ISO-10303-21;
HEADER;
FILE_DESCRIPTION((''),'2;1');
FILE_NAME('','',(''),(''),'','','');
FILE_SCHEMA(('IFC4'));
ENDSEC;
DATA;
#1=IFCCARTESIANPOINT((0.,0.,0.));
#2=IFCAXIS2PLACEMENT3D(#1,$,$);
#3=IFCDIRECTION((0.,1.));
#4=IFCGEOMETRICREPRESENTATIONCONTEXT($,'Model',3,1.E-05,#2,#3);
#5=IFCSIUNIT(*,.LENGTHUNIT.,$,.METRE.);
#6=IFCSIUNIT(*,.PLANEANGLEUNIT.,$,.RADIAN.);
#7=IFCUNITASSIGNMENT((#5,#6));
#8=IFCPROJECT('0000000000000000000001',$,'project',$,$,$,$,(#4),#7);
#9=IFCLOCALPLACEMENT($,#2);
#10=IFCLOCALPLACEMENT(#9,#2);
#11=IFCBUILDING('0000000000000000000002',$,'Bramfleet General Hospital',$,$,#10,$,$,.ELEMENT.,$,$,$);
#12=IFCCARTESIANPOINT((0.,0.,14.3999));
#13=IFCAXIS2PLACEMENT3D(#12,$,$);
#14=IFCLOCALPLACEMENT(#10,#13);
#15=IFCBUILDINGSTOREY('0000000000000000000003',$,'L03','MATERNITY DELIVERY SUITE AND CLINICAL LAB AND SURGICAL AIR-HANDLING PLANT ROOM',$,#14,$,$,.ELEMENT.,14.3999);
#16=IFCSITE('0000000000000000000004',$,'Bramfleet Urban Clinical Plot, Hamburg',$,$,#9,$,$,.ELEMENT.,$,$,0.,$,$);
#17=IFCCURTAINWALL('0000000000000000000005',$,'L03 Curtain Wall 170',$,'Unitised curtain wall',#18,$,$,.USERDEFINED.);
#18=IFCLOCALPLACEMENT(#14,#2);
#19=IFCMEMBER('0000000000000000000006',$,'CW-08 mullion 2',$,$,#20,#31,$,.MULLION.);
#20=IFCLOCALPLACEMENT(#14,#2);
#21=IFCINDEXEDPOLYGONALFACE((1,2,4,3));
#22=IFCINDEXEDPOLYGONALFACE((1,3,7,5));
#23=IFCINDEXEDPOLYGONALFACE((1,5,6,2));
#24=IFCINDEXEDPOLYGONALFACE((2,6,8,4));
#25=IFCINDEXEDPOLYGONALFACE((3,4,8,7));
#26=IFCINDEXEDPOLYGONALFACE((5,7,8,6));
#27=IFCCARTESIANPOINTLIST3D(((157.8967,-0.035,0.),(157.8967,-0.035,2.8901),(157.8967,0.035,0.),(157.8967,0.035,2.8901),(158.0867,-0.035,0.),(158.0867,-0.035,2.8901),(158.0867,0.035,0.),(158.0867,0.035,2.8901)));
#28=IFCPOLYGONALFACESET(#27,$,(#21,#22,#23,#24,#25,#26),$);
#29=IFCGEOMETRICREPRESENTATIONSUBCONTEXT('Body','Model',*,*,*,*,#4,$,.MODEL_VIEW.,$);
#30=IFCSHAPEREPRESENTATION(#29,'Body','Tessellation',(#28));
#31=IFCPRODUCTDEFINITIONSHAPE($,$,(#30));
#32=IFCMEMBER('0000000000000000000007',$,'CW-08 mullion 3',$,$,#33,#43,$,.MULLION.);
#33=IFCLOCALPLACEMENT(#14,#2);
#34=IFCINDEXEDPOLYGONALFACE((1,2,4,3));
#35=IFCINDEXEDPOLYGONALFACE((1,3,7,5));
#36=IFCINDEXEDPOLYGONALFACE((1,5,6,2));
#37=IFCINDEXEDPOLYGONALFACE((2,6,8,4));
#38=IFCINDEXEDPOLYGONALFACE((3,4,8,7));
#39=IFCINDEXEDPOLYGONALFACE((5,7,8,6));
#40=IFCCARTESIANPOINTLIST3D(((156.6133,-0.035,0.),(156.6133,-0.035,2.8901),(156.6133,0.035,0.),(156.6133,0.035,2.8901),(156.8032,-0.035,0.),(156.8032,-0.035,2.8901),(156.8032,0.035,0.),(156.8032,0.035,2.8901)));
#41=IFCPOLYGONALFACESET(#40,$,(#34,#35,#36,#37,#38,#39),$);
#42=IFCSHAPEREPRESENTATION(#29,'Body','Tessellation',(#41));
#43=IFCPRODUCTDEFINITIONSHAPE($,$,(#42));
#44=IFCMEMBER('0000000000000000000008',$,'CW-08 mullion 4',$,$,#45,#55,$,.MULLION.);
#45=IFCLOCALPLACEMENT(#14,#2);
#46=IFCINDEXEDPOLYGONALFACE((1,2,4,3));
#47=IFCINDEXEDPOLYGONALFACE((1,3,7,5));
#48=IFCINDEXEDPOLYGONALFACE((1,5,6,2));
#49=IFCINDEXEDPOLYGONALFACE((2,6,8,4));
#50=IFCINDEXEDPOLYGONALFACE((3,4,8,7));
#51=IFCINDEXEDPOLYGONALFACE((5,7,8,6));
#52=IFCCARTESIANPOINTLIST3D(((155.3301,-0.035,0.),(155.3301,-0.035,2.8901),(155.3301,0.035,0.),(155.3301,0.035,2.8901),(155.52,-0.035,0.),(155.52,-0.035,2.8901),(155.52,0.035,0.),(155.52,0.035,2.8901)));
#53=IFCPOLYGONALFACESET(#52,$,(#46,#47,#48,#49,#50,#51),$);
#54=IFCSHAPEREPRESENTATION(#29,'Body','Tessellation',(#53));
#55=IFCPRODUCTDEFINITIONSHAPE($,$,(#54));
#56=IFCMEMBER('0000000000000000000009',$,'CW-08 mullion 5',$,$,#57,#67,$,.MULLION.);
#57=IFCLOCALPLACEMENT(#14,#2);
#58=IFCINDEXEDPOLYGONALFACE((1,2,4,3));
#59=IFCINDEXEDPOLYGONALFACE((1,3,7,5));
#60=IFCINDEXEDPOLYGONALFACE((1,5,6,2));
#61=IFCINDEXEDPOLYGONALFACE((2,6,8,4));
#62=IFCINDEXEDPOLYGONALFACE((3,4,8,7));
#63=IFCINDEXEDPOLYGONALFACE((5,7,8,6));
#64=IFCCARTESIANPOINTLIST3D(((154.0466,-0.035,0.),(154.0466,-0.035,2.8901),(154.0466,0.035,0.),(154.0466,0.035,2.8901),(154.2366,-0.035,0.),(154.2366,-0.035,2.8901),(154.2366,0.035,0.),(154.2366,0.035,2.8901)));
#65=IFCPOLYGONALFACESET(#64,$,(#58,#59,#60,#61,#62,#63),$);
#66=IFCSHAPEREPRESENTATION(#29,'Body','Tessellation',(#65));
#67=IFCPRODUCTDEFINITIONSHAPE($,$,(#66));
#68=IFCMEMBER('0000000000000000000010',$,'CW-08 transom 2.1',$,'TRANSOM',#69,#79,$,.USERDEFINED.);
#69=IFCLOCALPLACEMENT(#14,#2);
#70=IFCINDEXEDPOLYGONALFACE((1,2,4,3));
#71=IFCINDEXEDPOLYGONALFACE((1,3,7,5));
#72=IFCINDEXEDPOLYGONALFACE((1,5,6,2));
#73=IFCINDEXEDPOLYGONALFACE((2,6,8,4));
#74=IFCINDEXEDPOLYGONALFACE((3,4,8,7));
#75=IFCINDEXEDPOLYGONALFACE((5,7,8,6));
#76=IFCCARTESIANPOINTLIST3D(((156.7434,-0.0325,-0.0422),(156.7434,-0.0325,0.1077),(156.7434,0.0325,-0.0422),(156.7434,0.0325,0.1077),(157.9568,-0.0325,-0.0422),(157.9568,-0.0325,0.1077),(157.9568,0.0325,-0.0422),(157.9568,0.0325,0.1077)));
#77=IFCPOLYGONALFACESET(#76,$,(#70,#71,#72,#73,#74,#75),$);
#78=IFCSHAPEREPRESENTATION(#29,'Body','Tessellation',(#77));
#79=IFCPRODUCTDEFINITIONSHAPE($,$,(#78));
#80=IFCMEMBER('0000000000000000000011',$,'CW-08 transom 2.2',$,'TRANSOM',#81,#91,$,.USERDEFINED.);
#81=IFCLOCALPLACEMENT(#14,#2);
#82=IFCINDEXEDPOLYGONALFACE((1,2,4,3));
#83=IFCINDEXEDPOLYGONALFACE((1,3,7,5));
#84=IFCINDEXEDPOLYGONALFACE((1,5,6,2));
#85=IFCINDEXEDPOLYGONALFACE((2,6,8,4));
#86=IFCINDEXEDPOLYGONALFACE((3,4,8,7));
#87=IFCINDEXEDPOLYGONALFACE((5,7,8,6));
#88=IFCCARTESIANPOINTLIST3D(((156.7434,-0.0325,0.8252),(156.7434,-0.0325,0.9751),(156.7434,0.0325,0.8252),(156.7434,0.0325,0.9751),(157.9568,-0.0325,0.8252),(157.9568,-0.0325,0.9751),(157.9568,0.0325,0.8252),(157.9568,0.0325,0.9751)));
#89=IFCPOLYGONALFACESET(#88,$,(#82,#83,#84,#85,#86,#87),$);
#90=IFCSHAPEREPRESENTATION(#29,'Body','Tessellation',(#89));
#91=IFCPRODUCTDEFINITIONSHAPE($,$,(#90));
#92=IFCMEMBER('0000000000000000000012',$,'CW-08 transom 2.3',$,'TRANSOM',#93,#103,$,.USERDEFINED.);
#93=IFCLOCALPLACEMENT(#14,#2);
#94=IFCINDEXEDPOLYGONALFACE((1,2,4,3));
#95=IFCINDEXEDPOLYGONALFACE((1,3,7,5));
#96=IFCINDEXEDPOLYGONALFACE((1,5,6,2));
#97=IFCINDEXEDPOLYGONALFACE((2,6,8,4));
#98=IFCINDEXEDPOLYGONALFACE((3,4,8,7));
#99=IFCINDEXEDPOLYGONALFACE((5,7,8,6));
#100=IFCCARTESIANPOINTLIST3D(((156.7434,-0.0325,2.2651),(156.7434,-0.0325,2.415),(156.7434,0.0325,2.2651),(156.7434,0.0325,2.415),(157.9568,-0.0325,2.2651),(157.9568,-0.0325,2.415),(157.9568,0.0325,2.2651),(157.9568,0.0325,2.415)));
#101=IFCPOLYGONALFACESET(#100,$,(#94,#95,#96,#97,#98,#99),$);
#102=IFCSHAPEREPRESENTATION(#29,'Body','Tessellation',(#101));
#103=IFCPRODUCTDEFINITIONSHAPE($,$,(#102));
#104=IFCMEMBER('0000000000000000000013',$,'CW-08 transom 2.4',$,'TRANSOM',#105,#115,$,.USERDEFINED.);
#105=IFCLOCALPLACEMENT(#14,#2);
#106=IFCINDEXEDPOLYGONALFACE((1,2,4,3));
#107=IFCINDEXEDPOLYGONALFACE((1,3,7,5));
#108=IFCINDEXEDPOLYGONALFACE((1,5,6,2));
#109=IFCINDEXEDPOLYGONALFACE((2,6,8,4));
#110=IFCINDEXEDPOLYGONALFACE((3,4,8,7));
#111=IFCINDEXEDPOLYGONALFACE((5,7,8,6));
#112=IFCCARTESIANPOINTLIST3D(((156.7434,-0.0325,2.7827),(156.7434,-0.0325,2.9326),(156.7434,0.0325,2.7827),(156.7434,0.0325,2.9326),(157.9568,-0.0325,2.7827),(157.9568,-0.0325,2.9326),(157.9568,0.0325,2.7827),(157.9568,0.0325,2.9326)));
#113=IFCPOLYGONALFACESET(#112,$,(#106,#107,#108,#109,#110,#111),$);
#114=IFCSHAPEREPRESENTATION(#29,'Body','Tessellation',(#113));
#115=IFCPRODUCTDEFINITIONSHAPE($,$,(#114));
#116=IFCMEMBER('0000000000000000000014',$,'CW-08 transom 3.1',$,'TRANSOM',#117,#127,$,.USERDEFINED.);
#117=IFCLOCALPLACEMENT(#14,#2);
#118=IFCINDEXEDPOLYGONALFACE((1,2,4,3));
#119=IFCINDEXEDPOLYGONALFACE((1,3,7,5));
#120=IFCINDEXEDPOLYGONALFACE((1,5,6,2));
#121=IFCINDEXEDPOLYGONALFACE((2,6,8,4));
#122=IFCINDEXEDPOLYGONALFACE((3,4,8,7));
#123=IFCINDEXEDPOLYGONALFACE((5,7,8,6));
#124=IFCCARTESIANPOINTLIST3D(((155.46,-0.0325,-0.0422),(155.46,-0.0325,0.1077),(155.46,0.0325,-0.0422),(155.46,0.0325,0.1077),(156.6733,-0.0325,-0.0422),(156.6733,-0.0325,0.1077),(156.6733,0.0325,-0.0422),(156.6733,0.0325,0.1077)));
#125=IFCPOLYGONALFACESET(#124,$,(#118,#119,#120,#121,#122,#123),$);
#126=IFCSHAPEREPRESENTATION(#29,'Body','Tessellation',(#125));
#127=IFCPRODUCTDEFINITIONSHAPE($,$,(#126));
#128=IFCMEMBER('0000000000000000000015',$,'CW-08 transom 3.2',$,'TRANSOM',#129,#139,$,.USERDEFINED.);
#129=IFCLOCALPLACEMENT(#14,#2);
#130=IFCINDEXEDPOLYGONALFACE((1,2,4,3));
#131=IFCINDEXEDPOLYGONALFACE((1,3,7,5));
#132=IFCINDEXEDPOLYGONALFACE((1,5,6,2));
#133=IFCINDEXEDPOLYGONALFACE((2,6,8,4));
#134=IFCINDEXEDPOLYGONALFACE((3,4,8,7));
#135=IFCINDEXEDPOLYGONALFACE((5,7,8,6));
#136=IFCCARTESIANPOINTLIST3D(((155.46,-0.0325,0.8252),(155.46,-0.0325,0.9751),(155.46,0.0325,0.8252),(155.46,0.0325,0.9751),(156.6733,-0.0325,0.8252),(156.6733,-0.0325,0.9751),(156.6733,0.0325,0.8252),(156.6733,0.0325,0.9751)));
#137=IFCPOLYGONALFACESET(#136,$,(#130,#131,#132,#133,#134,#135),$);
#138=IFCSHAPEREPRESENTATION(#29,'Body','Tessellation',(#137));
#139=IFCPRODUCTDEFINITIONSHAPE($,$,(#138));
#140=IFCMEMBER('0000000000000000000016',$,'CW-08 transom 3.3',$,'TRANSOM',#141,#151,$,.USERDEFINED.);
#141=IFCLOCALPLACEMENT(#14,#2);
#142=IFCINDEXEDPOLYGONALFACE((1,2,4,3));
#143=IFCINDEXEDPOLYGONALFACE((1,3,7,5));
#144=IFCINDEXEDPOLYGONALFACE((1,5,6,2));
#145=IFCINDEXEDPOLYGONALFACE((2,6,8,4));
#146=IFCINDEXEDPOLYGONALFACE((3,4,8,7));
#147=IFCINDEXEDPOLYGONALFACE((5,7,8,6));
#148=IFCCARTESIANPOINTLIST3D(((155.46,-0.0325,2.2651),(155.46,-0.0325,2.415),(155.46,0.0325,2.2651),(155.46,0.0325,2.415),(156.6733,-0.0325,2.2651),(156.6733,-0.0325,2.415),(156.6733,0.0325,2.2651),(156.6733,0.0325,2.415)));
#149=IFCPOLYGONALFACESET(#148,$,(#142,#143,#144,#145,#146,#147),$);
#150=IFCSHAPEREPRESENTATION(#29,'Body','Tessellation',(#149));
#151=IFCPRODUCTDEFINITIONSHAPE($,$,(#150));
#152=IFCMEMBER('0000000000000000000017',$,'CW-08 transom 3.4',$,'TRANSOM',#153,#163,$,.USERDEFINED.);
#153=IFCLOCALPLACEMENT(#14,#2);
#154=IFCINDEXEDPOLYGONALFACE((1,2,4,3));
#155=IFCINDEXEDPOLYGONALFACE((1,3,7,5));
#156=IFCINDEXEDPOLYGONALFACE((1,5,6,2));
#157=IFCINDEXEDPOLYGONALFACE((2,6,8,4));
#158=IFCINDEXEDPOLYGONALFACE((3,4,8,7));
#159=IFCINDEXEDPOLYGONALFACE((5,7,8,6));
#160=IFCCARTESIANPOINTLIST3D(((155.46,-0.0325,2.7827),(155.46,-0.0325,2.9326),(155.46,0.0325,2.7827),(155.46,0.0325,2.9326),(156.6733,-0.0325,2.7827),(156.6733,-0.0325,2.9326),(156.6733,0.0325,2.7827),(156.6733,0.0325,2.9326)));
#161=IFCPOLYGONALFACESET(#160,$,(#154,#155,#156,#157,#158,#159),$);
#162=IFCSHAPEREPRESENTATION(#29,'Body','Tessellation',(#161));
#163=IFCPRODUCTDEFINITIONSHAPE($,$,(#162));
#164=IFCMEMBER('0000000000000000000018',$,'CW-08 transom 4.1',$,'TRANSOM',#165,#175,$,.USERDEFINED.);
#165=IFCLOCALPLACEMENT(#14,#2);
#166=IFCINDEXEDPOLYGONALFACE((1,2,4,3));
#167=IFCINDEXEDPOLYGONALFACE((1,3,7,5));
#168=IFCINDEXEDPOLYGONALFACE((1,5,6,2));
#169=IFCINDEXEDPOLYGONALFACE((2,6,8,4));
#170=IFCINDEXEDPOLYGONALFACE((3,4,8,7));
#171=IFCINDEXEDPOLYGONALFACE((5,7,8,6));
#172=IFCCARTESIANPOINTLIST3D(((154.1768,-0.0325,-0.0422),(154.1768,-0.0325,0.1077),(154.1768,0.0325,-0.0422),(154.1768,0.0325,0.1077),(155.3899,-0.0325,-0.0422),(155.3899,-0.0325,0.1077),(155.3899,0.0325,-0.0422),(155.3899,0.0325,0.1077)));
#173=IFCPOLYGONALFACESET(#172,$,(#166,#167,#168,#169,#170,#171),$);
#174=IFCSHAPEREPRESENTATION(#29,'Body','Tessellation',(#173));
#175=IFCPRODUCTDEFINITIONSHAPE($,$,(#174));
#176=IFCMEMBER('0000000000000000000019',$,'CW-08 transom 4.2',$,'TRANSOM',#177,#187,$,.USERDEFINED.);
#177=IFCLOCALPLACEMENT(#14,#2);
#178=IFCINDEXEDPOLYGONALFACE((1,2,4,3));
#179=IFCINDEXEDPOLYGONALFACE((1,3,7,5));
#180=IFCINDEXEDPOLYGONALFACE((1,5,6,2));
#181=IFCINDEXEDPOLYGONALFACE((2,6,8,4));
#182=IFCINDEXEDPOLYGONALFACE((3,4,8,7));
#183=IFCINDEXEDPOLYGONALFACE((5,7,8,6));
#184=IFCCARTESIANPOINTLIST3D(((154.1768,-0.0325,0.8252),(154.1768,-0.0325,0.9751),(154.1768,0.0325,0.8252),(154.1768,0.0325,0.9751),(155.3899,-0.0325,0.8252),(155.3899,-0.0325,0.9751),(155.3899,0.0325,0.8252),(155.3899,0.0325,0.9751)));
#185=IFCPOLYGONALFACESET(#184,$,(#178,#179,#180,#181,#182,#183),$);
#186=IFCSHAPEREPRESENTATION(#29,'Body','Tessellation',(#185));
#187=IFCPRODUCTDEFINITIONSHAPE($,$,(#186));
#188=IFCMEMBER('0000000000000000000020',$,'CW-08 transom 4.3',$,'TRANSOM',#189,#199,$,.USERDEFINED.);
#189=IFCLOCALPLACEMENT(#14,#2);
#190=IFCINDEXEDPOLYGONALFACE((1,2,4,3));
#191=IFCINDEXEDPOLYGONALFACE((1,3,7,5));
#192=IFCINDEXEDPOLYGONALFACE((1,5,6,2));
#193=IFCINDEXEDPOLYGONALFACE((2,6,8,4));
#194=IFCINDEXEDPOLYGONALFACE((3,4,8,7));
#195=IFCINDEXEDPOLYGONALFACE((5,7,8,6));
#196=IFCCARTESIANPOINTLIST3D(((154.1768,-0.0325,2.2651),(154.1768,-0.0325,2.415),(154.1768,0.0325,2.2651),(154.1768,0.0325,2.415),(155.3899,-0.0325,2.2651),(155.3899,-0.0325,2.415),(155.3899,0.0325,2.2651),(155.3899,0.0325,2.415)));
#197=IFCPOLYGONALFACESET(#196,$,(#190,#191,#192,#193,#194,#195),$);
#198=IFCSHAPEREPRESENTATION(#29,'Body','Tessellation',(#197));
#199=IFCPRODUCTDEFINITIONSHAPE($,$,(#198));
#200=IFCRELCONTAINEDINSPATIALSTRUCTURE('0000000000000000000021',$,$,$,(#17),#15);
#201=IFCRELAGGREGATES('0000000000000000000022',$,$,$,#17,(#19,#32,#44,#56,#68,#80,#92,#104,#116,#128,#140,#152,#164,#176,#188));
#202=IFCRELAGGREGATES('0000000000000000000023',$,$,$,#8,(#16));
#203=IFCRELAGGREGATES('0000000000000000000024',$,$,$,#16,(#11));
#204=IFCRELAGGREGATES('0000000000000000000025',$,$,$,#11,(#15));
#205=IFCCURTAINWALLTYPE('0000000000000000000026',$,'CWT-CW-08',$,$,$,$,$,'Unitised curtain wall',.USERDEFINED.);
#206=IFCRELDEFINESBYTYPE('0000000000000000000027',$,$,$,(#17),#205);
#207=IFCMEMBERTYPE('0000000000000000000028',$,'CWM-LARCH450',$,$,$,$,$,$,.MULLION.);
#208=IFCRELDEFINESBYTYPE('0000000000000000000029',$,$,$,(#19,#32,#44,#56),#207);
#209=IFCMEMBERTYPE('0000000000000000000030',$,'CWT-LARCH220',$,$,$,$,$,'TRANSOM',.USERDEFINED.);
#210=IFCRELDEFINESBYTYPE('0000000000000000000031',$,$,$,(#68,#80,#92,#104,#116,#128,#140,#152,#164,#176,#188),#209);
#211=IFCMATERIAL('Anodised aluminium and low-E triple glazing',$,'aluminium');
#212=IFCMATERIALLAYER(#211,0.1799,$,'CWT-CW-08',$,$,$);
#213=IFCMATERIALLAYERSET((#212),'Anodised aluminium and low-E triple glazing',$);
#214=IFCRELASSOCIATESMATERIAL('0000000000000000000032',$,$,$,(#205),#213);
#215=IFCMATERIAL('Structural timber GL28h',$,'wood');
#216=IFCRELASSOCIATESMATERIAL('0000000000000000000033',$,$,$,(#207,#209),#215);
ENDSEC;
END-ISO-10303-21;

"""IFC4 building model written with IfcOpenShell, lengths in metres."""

from ifc_helpers import new_model, si_unit, direction, frame, origin, origin_2d, place, context, subcontext, project, spatial, rectangle, extrude, material, layer, layer_set, material_profile, profile_set, type_object, element, aggregate, save


model = new_model("IFC4")

# Units and contexts
model_context = context("Model", 3, precision=1e-05, world=origin(), true_north=direction((0.0, 1.0)))
body_context = subcontext(model_context, "Body", "Model", "MODEL_VIEW")
ifc_project = project(units=[si_unit("LENGTHUNIT", "METRE"), si_unit("PLANEANGLEUNIT", "RADIAN")], contexts=[model_context])

# Site, building, storey
site_placement = place(None, origin())
site = spatial("IfcSite", under=ifc_project, at=site_placement, Name="Bramfleet Urban Clinical Plot, Hamburg", CompositionType="ELEMENT", RefElevation=0.0)
building_placement = place(site_placement, origin())
building = spatial("IfcBuilding", under=site, at=building_placement, Name="Bramfleet General Hospital", CompositionType="ELEMENT")
storey_placement = place(building_placement, frame((0.0, 0.0, 14.3999)))
storey = spatial("IfcBuildingStorey", under=building, at=storey_placement, Name="L03", Description="MATERNITY DELIVERY SUITE AND CLINICAL LAB AND SURGICAL AIR-HANDLING PLANT ROOM", CompositionType="ELEMENT", Elevation=14.3999)

# Curtain wall, members
ifc_material_1 = material(Name="Anodised aluminium and low-E triple glazing", Category="aluminium")
ifc_layer_1 = layer(ifc_material_1, 0.1799, Name="CWT-CW-08")
ifc_layer_set_1 = layer_set([ifc_layer_1], Name="Anodised aluminium and low-E triple glazing")
curtain_wall_type = type_object("IfcCurtainWallType", Name="CWT-CW-08", ElementType="Unitised curtain wall", PredefinedType="USERDEFINED", material=ifc_layer_set_1)
curtain_wall_placement = place(storey_placement, origin())
curtain_wall = element("IfcCurtainWall", 1, at=curtain_wall_placement, inside=storey, type_object=curtain_wall_type, Name="L03 Curtain Wall 170", ObjectType="Unitised curtain wall", PredefinedType="USERDEFINED")
ifc_material_2 = material(Name="Structural timber GL28h", Category="wood")
ifc_material_profile_1 = material_profile(ifc_material_2, rectangle(XDim=0.0701, YDim=0.1899, at=origin_2d()), Name="LARCH 190x70")
ifc_profile_set_1 = profile_set([ifc_material_profile_1], Name="Structural timber GL28h")
member_type_1 = type_object("IfcMemberType", Name="CWM-LARCH450", PredefinedType="MULLION", material=ifc_profile_set_1)
member_1_placement = place(storey_placement, frame((157.9917, 0.0, 0.0), z_axis=(0.0, 0.0, 1.0), x_axis=(0.0, -1.0, 0.0)))
member_1 = element("IfcMember", 2, at=member_1_placement, type_object=member_type_1, Name="CW-08 mullion 2", PredefinedType="MULLION", context=body_context, shape_type="SweptSolid", body=[
    extrude(rectangle(XDim=0.0701, YDim=0.1899, at=origin_2d()), origin(), (0.0, 0.0, 1.0), 2.8901),
])
member_2_placement = place(storey_placement, frame((156.7083, 0.0, 0.0), z_axis=(0.0, 0.0, 1.0), x_axis=(0.0, -1.0, 0.0)))
member_2 = element("IfcMember", 3, at=member_2_placement, type_object=member_type_1, Name="CW-08 mullion 3", PredefinedType="MULLION", context=body_context, shape_type="SweptSolid", body=[
    extrude(rectangle(XDim=0.0701, YDim=0.1899, at=origin_2d()), origin(), (0.0, 0.0, 1.0), 2.8901),
])
member_3_placement = place(storey_placement, frame((155.425, 0.0, 0.0), z_axis=(0.0, 0.0, 1.0), x_axis=(0.0, -1.0, 0.0)))
member_3 = element("IfcMember", 4, at=member_3_placement, type_object=member_type_1, Name="CW-08 mullion 4", PredefinedType="MULLION", context=body_context, shape_type="SweptSolid", body=[
    extrude(rectangle(XDim=0.0701, YDim=0.1899, at=origin_2d()), origin(), (0.0, 0.0, 1.0), 2.8901),
])
member_4_placement = place(storey_placement, frame((154.1416, 0.0, 0.0), z_axis=(0.0, 0.0, 1.0), x_axis=(0.0, -1.0, 0.0)))
member_4 = element("IfcMember", 5, at=member_4_placement, type_object=member_type_1, Name="CW-08 mullion 5", PredefinedType="MULLION", context=body_context, shape_type="SweptSolid", body=[
    extrude(rectangle(XDim=0.0701, YDim=0.1899, at=origin_2d()), origin(), (0.0, 0.0, 1.0), 2.8901),
])
ifc_material_profile_2 = material_profile(ifc_material_2, rectangle(XDim=0.0649, YDim=0.1499, at=origin_2d()), Name="LARCH 150x65")
ifc_profile_set_2 = profile_set([ifc_material_profile_2], Name="Structural timber GL28h")
member_type_2 = type_object("IfcMemberType", Name="CWT-LARCH220", ElementType="TRANSOM", PredefinedType="USERDEFINED", material=ifc_profile_set_2)
member_5_placement = place(storey_placement, frame((157.9568, 0.0, 0.0327), z_axis=(-1.0, 0.0, 0.0), x_axis=(0.0, -1.0, 0.0)))
member_5 = element("IfcMember", 6, at=member_5_placement, type_object=member_type_2, Name="CW-08 transom 2.1", ObjectType="TRANSOM", PredefinedType="USERDEFINED", context=body_context, shape_type="SweptSolid", body=[
    extrude(rectangle(XDim=0.0649, YDim=0.1499, at=origin_2d()), origin(), (0.0, 0.0, 1.0), 1.2134),
])
member_6_placement = place(storey_placement, frame((157.9568, 0.0, 0.9001), z_axis=(-1.0, 0.0, 0.0), x_axis=(0.0, -1.0, 0.0)))
member_6 = element("IfcMember", 7, at=member_6_placement, type_object=member_type_2, Name="CW-08 transom 2.2", ObjectType="TRANSOM", PredefinedType="USERDEFINED", context=body_context, shape_type="SweptSolid", body=[
    extrude(rectangle(XDim=0.0649, YDim=0.1499, at=origin_2d()), origin(), (0.0, 0.0, 1.0), 1.2134),
])
member_7_placement = place(storey_placement, frame((157.9568, 0.0, 2.3401), z_axis=(-1.0, 0.0, 0.0), x_axis=(0.0, -1.0, 0.0)))
member_7 = element("IfcMember", 8, at=member_7_placement, type_object=member_type_2, Name="CW-08 transom 2.3", ObjectType="TRANSOM", PredefinedType="USERDEFINED", context=body_context, shape_type="SweptSolid", body=[
    extrude(rectangle(XDim=0.0649, YDim=0.1499, at=origin_2d()), origin(), (0.0, 0.0, 1.0), 1.2134),
])
member_8_placement = place(storey_placement, frame((157.9568, 0.0, 2.8577), z_axis=(-1.0, 0.0, 0.0), x_axis=(0.0, -1.0, 0.0)))
member_8 = element("IfcMember", 9, at=member_8_placement, type_object=member_type_2, Name="CW-08 transom 2.4", ObjectType="TRANSOM", PredefinedType="USERDEFINED", context=body_context, shape_type="SweptSolid", body=[
    extrude(rectangle(XDim=0.0649, YDim=0.1499, at=origin_2d()), origin(), (0.0, 0.0, 1.0), 1.2134),
])
member_9_placement = place(storey_placement, frame((156.6733, 0.0, 0.0327), z_axis=(-1.0, 0.0, 0.0), x_axis=(0.0, -1.0, 0.0)))
member_9 = element("IfcMember", 10, at=member_9_placement, type_object=member_type_2, Name="CW-08 transom 3.1", ObjectType="TRANSOM", PredefinedType="USERDEFINED", context=body_context, shape_type="SweptSolid", body=[
    extrude(rectangle(XDim=0.0649, YDim=0.1499, at=origin_2d()), origin(), (0.0, 0.0, 1.0), 1.2134),
])
member_10_placement = place(storey_placement, frame((156.6733, 0.0, 0.9001), z_axis=(-1.0, 0.0, 0.0), x_axis=(0.0, -1.0, 0.0)))
member_10 = element("IfcMember", 11, at=member_10_placement, type_object=member_type_2, Name="CW-08 transom 3.2", ObjectType="TRANSOM", PredefinedType="USERDEFINED", context=body_context, shape_type="SweptSolid", body=[
    extrude(rectangle(XDim=0.0649, YDim=0.1499, at=origin_2d()), origin(), (0.0, 0.0, 1.0), 1.2134),
])
member_11_placement = place(storey_placement, frame((156.6733, 0.0, 2.3401), z_axis=(-1.0, 0.0, 0.0), x_axis=(0.0, -1.0, 0.0)))
member_11 = element("IfcMember", 12, at=member_11_placement, type_object=member_type_2, Name="CW-08 transom 3.3", ObjectType="TRANSOM", PredefinedType="USERDEFINED", context=body_context, shape_type="SweptSolid", body=[
    extrude(rectangle(XDim=0.0649, YDim=0.1499, at=origin_2d()), origin(), (0.0, 0.0, 1.0), 1.2134),
])
member_12_placement = place(storey_placement, frame((156.6733, 0.0, 2.8577), z_axis=(-1.0, 0.0, 0.0), x_axis=(0.0, -1.0, 0.0)))
member_12 = element("IfcMember", 13, at=member_12_placement, type_object=member_type_2, Name="CW-08 transom 3.4", ObjectType="TRANSOM", PredefinedType="USERDEFINED", context=body_context, shape_type="SweptSolid", body=[
    extrude(rectangle(XDim=0.0649, YDim=0.1499, at=origin_2d()), origin(), (0.0, 0.0, 1.0), 1.2134),
])
member_13_placement = place(storey_placement, frame((155.3899, 0.0, 0.0327), z_axis=(-1.0, 0.0, 0.0), x_axis=(0.0, -1.0, 0.0)))
member_13 = element("IfcMember", 14, at=member_13_placement, type_object=member_type_2, Name="CW-08 transom 4.1", ObjectType="TRANSOM", PredefinedType="USERDEFINED", context=body_context, shape_type="SweptSolid", body=[
    extrude(rectangle(XDim=0.0649, YDim=0.1499, at=origin_2d()), origin(), (0.0, 0.0, 1.0), 1.2131),
])
member_14_placement = place(storey_placement, frame((155.3899, 0.0, 0.9001), z_axis=(-1.0, 0.0, 0.0), x_axis=(0.0, -1.0, 0.0)))
member_14 = element("IfcMember", 15, at=member_14_placement, type_object=member_type_2, Name="CW-08 transom 4.2", ObjectType="TRANSOM", PredefinedType="USERDEFINED", context=body_context, shape_type="SweptSolid", body=[
    extrude(rectangle(XDim=0.0649, YDim=0.1499, at=origin_2d()), origin(), (0.0, 0.0, 1.0), 1.2131),
])
member_15_placement = place(storey_placement, frame((155.3899, 0.0, 2.3401), z_axis=(-1.0, 0.0, 0.0), x_axis=(0.0, -1.0, 0.0)))
member_15 = element("IfcMember", 16, at=member_15_placement, type_object=member_type_2, Name="CW-08 transom 4.3", ObjectType="TRANSOM", PredefinedType="USERDEFINED", context=body_context, shape_type="SweptSolid", body=[
    extrude(rectangle(XDim=0.0649, YDim=0.1499, at=origin_2d()), origin(), (0.0, 0.0, 1.0), 1.2131),
])
aggregate(curtain_wall, [member_1, member_2, member_3, member_4, member_5, member_6, member_7, member_8, member_9, member_10, member_11, member_12, member_13, member_14, member_15])

save(model, "model.ifc")
